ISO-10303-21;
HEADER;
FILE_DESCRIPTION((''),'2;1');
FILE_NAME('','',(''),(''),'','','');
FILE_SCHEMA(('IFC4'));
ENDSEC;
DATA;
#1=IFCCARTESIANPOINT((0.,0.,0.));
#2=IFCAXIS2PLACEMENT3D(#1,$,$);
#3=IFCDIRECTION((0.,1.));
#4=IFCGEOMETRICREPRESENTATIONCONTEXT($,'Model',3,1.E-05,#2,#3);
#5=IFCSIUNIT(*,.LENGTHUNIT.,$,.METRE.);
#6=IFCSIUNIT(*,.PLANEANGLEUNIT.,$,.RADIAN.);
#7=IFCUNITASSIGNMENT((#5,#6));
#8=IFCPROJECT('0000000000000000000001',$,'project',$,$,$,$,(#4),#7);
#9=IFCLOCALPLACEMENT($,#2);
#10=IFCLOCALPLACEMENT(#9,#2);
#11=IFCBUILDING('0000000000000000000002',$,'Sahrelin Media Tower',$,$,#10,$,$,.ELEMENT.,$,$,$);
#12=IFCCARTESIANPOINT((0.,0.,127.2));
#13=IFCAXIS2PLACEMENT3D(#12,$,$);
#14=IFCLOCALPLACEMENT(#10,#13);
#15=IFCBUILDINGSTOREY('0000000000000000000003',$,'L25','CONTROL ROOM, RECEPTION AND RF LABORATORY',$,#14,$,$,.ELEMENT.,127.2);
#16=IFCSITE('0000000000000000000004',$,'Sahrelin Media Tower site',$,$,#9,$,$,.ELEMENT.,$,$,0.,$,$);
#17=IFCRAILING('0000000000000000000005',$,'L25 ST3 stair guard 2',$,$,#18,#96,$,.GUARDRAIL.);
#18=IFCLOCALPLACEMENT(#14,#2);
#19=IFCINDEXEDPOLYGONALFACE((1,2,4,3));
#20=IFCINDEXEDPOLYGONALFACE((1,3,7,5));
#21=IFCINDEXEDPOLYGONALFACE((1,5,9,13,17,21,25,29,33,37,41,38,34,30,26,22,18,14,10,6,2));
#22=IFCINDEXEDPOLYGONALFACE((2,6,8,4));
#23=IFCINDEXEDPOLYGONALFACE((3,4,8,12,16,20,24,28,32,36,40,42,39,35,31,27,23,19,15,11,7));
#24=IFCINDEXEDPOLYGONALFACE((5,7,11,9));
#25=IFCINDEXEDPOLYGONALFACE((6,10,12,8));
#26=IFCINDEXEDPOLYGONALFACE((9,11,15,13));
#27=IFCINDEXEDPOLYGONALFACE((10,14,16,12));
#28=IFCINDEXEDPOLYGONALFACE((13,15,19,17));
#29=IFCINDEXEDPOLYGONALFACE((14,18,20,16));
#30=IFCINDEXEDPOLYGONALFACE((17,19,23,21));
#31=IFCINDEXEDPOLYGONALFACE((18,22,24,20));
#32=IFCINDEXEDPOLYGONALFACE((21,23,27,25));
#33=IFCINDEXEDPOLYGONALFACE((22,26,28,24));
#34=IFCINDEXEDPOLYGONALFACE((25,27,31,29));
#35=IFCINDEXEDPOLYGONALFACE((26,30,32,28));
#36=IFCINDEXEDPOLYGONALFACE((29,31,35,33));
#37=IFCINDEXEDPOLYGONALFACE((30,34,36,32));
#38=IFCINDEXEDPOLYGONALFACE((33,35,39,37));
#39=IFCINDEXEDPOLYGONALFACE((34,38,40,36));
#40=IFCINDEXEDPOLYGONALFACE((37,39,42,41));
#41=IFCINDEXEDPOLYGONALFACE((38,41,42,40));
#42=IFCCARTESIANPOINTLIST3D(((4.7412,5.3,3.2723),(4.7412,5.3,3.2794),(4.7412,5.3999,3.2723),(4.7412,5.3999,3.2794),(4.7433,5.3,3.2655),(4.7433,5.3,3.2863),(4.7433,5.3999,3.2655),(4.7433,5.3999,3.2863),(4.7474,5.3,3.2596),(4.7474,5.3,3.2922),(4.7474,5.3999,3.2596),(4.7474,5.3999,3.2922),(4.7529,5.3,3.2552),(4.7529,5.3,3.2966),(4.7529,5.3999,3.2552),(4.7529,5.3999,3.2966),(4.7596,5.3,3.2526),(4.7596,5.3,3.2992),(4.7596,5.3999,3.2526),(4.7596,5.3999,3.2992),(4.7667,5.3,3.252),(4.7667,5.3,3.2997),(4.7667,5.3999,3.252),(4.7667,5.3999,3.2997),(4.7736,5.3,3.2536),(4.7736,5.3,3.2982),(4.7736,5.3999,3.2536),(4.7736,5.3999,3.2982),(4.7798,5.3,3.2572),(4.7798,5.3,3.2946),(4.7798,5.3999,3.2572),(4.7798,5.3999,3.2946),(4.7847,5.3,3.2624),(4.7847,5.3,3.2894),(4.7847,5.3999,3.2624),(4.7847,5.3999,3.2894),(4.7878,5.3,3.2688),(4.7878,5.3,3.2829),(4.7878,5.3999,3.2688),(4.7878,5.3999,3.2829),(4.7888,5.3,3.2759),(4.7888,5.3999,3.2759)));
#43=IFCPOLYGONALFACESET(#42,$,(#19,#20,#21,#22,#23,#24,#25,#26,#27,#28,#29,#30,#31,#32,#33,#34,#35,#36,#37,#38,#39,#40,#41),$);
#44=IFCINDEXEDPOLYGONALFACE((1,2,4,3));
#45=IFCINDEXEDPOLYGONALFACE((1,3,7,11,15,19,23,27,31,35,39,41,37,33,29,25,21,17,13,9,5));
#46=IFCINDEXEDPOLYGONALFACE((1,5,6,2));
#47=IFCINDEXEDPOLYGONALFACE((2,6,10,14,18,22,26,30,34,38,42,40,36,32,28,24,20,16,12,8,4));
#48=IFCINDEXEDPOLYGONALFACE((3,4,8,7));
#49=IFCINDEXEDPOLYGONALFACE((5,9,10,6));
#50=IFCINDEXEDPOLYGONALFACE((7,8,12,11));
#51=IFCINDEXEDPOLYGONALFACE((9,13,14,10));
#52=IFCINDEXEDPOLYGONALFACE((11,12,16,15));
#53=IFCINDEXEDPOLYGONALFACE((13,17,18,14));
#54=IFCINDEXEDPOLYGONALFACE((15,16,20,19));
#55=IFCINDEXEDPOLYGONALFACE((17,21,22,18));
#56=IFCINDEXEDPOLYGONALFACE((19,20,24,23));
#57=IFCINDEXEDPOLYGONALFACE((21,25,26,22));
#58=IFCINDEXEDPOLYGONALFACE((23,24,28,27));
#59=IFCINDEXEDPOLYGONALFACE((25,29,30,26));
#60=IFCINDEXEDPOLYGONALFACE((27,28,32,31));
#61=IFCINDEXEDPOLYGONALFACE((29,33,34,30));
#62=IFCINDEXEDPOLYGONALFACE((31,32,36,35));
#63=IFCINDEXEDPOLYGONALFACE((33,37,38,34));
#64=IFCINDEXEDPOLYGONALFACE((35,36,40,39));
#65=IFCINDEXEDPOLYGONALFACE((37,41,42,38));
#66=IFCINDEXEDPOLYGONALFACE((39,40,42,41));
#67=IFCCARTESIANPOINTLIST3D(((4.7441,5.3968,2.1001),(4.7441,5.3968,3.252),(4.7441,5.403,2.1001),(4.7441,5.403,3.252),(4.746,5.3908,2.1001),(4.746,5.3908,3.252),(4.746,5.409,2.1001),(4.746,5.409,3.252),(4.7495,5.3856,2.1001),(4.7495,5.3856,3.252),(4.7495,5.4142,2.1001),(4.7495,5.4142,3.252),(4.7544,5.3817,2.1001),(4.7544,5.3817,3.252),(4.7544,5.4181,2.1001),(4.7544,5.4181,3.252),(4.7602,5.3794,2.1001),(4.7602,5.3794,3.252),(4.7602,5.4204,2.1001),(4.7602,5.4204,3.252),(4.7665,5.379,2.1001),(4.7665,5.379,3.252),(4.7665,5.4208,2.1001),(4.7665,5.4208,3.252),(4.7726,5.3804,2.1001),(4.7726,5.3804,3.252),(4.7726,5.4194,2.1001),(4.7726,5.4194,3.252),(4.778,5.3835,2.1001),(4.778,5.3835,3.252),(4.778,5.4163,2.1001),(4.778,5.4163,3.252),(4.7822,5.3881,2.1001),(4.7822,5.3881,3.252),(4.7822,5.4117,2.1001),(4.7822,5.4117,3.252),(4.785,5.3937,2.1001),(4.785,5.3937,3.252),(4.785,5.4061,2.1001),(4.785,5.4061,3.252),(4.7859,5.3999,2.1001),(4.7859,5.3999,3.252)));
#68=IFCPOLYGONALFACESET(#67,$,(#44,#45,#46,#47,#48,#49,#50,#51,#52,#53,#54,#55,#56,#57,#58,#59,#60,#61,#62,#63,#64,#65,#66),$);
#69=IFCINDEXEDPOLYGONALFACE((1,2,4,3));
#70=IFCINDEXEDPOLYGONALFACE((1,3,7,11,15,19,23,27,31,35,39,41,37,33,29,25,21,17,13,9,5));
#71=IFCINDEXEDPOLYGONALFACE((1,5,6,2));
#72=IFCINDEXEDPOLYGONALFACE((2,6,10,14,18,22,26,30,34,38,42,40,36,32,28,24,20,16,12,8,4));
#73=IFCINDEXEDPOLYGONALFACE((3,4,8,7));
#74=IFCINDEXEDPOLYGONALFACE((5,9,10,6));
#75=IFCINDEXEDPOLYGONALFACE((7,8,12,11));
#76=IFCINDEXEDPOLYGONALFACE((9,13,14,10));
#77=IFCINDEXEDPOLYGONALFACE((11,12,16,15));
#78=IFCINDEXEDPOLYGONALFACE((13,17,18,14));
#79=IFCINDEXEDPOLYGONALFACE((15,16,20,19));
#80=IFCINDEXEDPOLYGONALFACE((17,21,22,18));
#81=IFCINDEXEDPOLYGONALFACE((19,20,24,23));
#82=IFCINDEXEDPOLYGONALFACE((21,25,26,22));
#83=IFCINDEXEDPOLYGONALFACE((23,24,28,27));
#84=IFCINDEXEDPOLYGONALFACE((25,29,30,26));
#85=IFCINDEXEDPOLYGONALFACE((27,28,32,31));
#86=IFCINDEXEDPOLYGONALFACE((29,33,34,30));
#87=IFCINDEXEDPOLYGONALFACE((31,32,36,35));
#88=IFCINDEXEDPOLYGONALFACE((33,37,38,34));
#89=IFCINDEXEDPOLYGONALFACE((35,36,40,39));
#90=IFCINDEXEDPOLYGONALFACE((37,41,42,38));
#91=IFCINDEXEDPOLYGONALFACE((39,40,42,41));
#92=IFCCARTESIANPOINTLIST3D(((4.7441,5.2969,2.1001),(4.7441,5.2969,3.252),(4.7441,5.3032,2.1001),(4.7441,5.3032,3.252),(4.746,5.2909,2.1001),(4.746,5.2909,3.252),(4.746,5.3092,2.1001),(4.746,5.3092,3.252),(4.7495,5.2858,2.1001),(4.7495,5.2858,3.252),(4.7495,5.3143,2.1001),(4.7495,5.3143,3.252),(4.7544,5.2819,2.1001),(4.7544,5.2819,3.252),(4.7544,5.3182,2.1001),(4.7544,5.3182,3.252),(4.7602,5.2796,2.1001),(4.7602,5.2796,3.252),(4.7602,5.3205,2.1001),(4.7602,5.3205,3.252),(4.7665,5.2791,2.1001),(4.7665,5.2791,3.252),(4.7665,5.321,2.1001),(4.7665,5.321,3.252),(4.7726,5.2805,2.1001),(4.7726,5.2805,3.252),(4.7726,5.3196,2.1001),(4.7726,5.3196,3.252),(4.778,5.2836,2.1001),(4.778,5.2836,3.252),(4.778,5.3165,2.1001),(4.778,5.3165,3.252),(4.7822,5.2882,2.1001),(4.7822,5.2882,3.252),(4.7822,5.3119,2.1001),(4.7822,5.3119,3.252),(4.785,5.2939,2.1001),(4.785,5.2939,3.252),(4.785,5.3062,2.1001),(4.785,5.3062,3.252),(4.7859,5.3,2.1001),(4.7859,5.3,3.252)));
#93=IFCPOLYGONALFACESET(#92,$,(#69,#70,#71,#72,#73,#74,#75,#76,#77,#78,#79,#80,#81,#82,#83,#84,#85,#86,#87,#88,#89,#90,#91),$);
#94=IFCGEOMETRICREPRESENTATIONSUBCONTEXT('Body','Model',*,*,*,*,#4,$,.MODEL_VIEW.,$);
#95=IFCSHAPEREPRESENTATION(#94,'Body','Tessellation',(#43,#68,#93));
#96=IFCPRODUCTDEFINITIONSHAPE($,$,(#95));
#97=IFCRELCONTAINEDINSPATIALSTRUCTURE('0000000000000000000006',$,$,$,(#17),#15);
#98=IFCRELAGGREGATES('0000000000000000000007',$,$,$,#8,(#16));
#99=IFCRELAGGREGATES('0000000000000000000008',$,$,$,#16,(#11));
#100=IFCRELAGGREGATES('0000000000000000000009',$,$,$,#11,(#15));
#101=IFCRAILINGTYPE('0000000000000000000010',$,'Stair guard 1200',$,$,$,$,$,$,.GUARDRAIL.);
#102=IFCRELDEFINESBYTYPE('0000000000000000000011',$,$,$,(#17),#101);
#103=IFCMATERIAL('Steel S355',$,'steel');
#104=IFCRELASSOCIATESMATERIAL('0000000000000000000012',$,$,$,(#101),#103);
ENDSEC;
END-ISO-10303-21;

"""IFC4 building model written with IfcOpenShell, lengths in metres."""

from ifc_helpers import new_model, si_unit, direction, frame, origin, origin_2d, place, context, subcontext, project, spatial, circle, extrude, material, type_object, element, save


model = new_model("IFC4")

# Units and contexts
model_context = context("Model", 3, precision=1e-05, world=origin(), true_north=direction((0.0, 1.0)))
body_context = subcontext(model_context, "Body", "Model", "MODEL_VIEW")
ifc_project = project(units=[si_unit("LENGTHUNIT", "METRE"), si_unit("PLANEANGLEUNIT", "RADIAN")], contexts=[model_context])

# Site, building, storey
site_placement = place(None, origin())
site = spatial("IfcSite", under=ifc_project, at=site_placement, Name="Sahrelin Media Tower site", CompositionType="ELEMENT", RefElevation=0.0)
building_placement = place(site_placement, origin())
building = spatial("IfcBuilding", under=site, at=building_placement, Name="Sahrelin Media Tower", CompositionType="ELEMENT")
storey_placement = place(building_placement, frame((0.0, 0.0, 127.2)))
storey = spatial("IfcBuildingStorey", under=building, at=storey_placement, Name="L25", Description="CONTROL ROOM, RECEPTION AND RF LABORATORY", CompositionType="ELEMENT", Elevation=127.2)

# Shared definitions
ifc_material_1 = material(Name="Steel S355", Category="steel")

# Railing
railing_type_1 = type_object("IfcRailingType", Name="Stair guard 1200", PredefinedType="GUARDRAIL", material=ifc_material_1)
railing_1_placement = place(storey_placement, frame((4.7649, 5.3999, 2.1001)))
element("IfcRailing", 1, at=railing_1_placement, inside=storey, type_object=railing_type_1, Name="L25 ST3 stair guard 2", PredefinedType="GUARDRAIL", context=body_context, shape_type="SweptSolid", body=[
    extrude(circle(Radius=0.0239, at=origin_2d()), frame((0.0, 0.0, 1.1758), z_axis=(0.0, -1.0, 0.0), x_axis=(1.0, 0.0, 0.0)), (0.0, 0.0, 1.0), 0.0999),
    extrude(circle(Radius=0.021, at=origin_2d()), origin(), (0.0, 0.0, 1.0), 1.1519),
    extrude(circle(Radius=0.021, at=origin_2d()), frame((0.0, -0.0999, 0.0)), (0.0, 0.0, 1.0), 1.1519),
])

save(model, "model.ifc")
